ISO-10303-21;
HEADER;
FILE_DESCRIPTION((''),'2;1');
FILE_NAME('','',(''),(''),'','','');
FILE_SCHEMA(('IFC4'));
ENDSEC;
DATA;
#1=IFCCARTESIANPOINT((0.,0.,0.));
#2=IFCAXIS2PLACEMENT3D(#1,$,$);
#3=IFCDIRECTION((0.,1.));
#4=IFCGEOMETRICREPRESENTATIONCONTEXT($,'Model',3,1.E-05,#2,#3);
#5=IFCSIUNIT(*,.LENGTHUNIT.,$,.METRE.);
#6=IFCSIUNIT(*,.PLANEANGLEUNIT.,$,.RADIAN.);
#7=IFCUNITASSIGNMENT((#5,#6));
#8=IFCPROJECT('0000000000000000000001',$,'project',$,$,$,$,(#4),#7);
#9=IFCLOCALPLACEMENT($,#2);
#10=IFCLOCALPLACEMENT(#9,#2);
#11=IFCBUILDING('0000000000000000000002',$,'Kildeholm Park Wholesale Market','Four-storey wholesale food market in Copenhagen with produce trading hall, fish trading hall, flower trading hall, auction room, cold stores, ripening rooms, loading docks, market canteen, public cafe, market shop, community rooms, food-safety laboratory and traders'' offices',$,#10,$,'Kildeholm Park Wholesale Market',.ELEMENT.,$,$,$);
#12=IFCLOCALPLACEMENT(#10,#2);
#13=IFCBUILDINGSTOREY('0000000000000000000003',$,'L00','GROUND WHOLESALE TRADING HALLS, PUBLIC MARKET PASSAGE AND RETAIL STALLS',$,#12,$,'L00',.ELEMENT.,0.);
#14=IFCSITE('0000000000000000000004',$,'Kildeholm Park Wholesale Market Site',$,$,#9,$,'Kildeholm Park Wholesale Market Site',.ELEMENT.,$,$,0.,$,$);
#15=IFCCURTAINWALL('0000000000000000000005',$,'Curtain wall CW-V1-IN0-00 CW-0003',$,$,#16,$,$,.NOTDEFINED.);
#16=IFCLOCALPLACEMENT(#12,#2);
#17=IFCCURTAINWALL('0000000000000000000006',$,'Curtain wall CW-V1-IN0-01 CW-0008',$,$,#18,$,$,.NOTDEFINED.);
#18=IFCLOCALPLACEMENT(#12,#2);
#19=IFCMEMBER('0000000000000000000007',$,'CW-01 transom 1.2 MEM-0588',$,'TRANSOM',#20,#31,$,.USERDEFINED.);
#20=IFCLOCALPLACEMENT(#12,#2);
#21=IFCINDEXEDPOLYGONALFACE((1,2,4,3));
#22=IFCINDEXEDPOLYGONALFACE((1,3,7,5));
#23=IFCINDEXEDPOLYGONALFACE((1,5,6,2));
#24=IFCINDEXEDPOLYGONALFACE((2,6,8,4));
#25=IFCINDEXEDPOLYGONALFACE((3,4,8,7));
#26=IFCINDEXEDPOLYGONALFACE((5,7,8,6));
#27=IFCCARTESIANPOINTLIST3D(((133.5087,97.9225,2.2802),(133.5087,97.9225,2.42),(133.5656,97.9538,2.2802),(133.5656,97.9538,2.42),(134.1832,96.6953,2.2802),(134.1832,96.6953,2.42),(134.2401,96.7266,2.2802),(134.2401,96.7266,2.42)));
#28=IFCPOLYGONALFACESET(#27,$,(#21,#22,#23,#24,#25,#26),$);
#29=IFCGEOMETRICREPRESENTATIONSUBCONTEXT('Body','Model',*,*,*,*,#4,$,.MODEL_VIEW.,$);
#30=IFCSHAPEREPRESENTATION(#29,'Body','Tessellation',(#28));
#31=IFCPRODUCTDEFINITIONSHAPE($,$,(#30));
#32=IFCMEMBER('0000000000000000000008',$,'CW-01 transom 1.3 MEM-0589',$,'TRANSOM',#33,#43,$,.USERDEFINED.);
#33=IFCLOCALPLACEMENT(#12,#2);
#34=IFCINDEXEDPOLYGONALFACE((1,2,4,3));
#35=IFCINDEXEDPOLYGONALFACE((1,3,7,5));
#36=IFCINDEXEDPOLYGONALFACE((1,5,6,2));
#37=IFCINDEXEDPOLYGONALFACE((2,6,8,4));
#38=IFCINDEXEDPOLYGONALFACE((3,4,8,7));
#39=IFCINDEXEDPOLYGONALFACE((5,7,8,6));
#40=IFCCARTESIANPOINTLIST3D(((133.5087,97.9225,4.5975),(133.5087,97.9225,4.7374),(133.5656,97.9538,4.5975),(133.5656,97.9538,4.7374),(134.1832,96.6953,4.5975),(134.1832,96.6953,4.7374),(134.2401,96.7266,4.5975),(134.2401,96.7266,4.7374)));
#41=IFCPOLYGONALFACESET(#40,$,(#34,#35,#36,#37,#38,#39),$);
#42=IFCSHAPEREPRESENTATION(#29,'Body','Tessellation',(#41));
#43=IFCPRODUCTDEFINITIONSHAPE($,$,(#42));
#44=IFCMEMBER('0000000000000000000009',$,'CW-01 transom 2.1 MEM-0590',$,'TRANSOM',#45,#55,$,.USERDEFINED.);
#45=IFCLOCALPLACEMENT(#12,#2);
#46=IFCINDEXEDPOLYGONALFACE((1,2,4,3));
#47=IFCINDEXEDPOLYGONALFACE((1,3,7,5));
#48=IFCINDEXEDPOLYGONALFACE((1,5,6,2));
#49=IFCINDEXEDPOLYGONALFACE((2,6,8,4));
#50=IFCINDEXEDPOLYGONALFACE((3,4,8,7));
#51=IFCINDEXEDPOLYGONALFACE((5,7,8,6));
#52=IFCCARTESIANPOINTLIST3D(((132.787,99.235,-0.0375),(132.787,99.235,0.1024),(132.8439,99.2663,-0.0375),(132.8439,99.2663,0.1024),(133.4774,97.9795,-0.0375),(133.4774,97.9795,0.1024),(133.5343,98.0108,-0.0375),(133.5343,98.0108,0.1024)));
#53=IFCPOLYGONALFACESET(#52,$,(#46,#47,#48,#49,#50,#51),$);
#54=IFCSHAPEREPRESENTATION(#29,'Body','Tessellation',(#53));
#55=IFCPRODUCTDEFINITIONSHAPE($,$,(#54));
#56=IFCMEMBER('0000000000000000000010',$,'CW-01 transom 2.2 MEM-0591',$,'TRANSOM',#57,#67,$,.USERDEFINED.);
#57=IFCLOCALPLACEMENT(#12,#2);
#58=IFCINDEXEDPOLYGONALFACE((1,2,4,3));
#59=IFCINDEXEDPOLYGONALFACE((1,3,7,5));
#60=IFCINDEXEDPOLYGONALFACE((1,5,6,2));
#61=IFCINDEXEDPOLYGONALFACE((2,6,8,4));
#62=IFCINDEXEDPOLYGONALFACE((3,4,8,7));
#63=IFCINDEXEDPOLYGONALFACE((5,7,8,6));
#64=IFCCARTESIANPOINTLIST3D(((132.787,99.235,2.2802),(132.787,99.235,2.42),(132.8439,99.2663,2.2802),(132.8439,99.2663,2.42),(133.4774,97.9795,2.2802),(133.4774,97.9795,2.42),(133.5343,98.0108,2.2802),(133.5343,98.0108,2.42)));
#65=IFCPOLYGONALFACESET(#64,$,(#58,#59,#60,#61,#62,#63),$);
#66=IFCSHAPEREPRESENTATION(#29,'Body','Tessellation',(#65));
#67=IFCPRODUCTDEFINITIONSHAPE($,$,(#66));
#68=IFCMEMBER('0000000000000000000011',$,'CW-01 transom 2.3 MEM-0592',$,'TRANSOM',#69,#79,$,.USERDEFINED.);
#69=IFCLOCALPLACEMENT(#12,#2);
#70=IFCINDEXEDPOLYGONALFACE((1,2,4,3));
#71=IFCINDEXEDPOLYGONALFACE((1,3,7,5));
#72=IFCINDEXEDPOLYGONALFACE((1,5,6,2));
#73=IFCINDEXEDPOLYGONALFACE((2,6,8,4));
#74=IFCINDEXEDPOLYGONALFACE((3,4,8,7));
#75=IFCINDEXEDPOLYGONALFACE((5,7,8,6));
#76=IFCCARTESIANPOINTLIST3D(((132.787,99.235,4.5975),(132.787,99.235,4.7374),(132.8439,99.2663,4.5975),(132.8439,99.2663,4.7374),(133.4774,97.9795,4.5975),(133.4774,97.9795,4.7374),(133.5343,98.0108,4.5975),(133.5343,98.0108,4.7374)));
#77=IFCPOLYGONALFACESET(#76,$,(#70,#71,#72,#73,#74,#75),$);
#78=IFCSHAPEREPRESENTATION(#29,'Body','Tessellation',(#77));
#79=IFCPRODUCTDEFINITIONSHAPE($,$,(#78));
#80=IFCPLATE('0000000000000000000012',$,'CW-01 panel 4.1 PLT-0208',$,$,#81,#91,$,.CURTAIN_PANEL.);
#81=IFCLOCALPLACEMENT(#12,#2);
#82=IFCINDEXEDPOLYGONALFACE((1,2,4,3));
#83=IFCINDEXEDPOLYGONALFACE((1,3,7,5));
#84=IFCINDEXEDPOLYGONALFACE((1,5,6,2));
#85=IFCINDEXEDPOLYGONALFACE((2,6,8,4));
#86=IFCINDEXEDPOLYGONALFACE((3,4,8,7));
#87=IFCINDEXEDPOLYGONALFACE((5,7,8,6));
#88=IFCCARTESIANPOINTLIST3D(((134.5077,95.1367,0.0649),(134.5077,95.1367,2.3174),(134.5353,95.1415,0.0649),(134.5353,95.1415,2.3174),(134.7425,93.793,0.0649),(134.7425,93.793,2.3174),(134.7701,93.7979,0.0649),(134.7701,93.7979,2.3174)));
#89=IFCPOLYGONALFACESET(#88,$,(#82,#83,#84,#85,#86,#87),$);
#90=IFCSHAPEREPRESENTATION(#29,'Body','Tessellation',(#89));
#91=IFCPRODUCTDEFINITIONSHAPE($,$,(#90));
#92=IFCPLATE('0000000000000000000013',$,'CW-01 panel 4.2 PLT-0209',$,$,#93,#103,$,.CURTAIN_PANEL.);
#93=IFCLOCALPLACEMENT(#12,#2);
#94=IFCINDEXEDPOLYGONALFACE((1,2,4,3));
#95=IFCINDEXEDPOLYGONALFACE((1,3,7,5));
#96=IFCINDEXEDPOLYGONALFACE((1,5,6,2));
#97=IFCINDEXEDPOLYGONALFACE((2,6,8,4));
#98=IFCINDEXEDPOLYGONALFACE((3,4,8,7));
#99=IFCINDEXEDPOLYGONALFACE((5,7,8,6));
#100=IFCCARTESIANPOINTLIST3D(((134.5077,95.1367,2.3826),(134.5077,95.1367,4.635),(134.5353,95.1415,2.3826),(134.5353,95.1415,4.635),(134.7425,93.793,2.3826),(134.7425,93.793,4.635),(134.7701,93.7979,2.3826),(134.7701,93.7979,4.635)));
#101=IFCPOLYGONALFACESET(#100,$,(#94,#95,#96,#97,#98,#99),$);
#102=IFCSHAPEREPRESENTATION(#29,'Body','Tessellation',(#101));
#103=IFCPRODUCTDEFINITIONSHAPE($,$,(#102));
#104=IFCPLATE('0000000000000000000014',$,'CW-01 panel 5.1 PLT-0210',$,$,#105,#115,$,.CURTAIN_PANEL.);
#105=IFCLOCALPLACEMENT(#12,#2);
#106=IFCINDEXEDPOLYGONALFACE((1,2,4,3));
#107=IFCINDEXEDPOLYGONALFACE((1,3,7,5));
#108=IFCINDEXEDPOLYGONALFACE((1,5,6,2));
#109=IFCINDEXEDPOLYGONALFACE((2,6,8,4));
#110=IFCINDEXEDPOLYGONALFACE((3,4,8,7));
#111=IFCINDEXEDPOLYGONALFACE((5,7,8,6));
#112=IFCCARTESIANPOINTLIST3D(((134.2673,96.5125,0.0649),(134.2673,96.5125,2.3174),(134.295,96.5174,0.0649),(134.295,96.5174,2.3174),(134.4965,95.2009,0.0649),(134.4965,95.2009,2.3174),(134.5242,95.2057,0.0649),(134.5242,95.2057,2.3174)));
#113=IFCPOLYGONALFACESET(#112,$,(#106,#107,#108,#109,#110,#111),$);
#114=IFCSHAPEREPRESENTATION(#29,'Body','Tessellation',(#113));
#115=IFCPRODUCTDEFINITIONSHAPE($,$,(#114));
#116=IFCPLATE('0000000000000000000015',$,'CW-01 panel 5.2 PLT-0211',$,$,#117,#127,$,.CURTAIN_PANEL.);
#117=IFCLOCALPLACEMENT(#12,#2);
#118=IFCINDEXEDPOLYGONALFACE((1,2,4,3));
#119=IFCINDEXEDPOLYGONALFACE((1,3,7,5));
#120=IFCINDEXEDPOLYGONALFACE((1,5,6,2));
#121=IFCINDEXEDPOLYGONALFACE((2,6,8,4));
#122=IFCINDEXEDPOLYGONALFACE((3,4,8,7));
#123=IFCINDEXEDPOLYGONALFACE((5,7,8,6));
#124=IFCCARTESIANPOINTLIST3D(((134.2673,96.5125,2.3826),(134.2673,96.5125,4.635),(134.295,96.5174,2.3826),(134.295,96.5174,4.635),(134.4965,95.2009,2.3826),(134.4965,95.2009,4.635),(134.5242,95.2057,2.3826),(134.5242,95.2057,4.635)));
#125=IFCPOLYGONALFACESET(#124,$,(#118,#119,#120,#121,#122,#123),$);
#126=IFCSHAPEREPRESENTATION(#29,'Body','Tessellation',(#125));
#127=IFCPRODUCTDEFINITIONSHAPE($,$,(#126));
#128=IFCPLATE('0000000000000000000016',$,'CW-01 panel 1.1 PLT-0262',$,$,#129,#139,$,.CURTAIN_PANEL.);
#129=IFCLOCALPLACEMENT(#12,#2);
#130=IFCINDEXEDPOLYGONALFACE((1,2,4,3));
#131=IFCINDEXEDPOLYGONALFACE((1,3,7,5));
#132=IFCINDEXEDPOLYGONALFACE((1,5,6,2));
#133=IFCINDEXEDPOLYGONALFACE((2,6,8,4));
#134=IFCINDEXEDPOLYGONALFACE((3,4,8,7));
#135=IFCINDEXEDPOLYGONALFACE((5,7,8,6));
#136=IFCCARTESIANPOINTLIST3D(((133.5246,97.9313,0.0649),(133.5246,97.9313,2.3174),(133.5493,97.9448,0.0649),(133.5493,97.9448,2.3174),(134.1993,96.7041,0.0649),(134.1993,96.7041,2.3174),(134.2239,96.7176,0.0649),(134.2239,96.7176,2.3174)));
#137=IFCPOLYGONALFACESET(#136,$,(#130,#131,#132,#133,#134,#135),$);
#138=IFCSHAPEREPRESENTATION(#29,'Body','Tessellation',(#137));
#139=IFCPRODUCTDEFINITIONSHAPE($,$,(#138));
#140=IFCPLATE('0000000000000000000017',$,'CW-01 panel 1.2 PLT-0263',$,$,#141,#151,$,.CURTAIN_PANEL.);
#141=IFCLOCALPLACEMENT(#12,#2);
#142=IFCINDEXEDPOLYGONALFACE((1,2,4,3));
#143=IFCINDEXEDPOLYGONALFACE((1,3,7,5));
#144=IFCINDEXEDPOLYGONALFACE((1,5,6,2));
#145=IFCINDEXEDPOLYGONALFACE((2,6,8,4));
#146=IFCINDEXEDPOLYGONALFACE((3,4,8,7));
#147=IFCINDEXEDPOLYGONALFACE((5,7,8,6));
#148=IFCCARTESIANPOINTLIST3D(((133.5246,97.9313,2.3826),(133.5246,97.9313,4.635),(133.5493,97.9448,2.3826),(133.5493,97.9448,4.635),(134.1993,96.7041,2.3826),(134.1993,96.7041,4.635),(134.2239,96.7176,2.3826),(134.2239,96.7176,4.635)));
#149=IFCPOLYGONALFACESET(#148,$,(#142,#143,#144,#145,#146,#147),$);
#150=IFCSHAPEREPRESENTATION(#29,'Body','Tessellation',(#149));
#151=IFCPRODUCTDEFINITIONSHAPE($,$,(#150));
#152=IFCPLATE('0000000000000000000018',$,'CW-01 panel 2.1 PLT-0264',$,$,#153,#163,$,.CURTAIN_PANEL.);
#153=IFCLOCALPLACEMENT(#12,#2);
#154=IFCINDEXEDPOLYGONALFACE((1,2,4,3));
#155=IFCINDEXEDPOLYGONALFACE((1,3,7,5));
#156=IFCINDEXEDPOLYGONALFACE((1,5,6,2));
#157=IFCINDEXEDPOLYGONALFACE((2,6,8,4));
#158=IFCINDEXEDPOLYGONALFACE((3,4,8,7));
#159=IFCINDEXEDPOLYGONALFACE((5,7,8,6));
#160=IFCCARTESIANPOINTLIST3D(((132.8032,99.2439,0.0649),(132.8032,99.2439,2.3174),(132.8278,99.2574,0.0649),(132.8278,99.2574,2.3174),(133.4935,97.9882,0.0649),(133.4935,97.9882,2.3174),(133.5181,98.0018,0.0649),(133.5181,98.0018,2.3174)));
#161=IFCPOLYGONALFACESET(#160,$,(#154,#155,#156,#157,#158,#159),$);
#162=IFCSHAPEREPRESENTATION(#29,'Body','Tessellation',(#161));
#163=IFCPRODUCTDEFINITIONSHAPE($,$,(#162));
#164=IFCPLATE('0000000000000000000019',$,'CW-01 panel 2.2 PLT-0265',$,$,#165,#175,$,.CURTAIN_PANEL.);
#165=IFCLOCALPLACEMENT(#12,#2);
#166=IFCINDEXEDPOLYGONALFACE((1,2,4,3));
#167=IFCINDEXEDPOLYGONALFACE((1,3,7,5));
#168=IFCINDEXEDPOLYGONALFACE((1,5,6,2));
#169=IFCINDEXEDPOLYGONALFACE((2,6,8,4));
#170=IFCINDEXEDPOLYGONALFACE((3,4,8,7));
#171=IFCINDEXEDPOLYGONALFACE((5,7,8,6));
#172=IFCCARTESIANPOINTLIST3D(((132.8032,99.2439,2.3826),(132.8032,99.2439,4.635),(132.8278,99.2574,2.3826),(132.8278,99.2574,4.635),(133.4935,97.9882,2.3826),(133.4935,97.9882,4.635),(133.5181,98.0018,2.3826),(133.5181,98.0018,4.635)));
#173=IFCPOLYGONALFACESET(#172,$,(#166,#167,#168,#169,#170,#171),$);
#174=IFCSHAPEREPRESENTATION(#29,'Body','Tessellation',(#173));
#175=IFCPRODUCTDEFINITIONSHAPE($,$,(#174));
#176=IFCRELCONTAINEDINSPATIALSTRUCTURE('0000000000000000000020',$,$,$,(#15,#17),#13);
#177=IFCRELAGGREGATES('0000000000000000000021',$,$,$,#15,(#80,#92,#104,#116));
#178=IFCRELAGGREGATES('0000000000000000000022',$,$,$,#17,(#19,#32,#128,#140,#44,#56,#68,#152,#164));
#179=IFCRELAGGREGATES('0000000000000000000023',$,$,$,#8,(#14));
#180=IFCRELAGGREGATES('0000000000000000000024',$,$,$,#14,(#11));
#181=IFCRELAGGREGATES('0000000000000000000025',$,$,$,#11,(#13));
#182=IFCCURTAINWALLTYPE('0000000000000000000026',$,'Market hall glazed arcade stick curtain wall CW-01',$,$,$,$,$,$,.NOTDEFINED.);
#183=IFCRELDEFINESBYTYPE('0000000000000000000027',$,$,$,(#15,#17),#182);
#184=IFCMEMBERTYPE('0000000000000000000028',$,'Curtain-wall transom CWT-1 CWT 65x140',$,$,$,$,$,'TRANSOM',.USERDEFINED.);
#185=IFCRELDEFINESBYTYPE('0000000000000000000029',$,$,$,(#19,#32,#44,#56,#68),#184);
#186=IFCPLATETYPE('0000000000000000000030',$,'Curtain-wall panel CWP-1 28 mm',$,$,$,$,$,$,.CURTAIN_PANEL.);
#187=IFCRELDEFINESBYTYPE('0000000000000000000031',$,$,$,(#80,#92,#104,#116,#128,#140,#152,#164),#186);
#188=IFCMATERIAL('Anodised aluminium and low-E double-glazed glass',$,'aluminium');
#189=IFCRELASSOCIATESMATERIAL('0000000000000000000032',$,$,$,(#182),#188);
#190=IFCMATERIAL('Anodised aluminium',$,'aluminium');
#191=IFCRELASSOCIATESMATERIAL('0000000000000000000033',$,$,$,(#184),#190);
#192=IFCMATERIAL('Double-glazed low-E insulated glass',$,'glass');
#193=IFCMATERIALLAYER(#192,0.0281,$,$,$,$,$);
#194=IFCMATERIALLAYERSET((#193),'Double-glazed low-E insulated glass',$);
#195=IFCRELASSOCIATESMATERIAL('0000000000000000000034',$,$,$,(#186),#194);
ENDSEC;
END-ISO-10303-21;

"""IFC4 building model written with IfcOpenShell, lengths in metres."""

from ifc_helpers import new_model, si_unit, direction, frame, origin, origin_2d, place, context, subcontext, project, spatial, rectangle, extrude, material, layer, layer_set, material_profile, profile_set, type_object, element, aggregate, save


model = new_model("IFC4")

# Units and contexts
model_context = context("Model", 3, precision=1e-05, world=origin(), true_north=direction((0.0, 1.0)))
body_context = subcontext(model_context, "Body", "Model", "MODEL_VIEW")
ifc_project = project(units=[si_unit("LENGTHUNIT", "METRE"), si_unit("PLANEANGLEUNIT", "RADIAN")], contexts=[model_context])

# Site, building, storey
site_placement = place(None, origin())
site = spatial("IfcSite", under=ifc_project, at=site_placement, Name="Kildeholm Park Wholesale Market Site", LongName="Kildeholm Park Wholesale Market Site", CompositionType="ELEMENT", RefElevation=0.0)
building_placement = place(site_placement, origin())
building = spatial("IfcBuilding", under=site, at=building_placement, Name="Kildeholm Park Wholesale Market", Description="Four-storey wholesale food market in Copenhagen with produce trading hall, fish trading hall, flower trading hall, auction room, cold stores, ripening rooms, loading docks, market canteen, public cafe, market shop, community rooms, food-safety laboratory and traders' offices", LongName="Kildeholm Park Wholesale Market", CompositionType="ELEMENT")
storey_placement = place(building_placement, origin())
storey = spatial("IfcBuildingStorey", under=building, at=storey_placement, Name="L00", Description="GROUND WHOLESALE TRADING HALLS, PUBLIC MARKET PASSAGE AND RETAIL STALLS", LongName="L00", CompositionType="ELEMENT", Elevation=0.0)

# Curtain walls
ifc_material_1 = material(Name="Anodised aluminium and low-E double-glazed glass", Category="aluminium")
curtain_wall_type = type_object("IfcCurtainWallType", Name="Market hall glazed arcade stick curtain wall CW-01", PredefinedType="NOTDEFINED", material=ifc_material_1)
curtain_wall_1_placement = place(storey_placement, origin())
curtain_wall_1 = element("IfcCurtainWall", 1, at=curtain_wall_1_placement, inside=storey, type_object=curtain_wall_type, Name="Curtain wall CW-V1-IN0-00 CW-0003", PredefinedType="NOTDEFINED")
ifc_material_2 = material(Name="Anodised aluminium", Category="aluminium")
curtain_wall_2_placement = place(storey_placement, origin())
curtain_wall_2 = element("IfcCurtainWall", 2, at=curtain_wall_2_placement, inside=storey, type_object=curtain_wall_type, Name="Curtain wall CW-V1-IN0-01 CW-0008", PredefinedType="NOTDEFINED")

# Members
ifc_material_profile_1 = material_profile(ifc_material_2, rectangle(XDim=0.0649, YDim=0.1399, at=origin_2d()), Name="CWT 65x140")
ifc_profile_set_1 = profile_set([ifc_material_profile_1], Name="Anodised aluminium")
member_type_1 = type_object("IfcMemberType", Name="Curtain-wall transom CWT-1 CWT 65x140", ElementType="TRANSOM", PredefinedType="USERDEFINED", material=ifc_profile_set_1)
member_1_placement = place(storey_placement, frame((134.2117, 96.7109, 2.3501), z_axis=(-0.481671, 0.876352, 0.0), x_axis=(-0.876352, -0.481671, 0.0)))
member_1 = element("IfcMember", 3, at=member_1_placement, type_object=member_type_1, Name="CW-01 transom 1.2 MEM-0588", ObjectType="TRANSOM", PredefinedType="USERDEFINED", context=body_context, shape_type="SweptSolid", body=[
    extrude(rectangle(XDim=0.0649, YDim=0.1399, at=origin_2d()), origin(), (0.0, 0.0, 1.0), 1.4004),
])
member_2_placement = place(storey_placement, frame((134.2117, 96.7109, 4.6675), z_axis=(-0.481671, 0.876352, 0.0), x_axis=(-0.876352, -0.481671, 0.0)))
member_2 = element("IfcMember", 4, at=member_2_placement, type_object=member_type_1, Name="CW-01 transom 1.3 MEM-0589", ObjectType="TRANSOM", PredefinedType="USERDEFINED", context=body_context, shape_type="SweptSolid", body=[
    extrude(rectangle(XDim=0.0649, YDim=0.1399, at=origin_2d()), origin(), (0.0, 0.0, 1.0), 1.4004),
])
member_3_placement = place(storey_placement, frame((133.5059, 97.9951, 0.0325), z_axis=(-0.481834, 0.876263, 0.0), x_axis=(-0.876263, -0.481834, 0.0)))
member_3 = element("IfcMember", 5, at=member_3_placement, type_object=member_type_1, Name="CW-01 transom 2.1 MEM-0590", ObjectType="TRANSOM", PredefinedType="USERDEFINED", context=body_context, shape_type="SweptSolid", body=[
    extrude(rectangle(XDim=0.0649, YDim=0.1399, at=origin_2d()), origin(), (0.0, 0.0, 1.0), 1.4329),
])
member_4_placement = place(storey_placement, frame((133.5059, 97.9951, 2.3501), z_axis=(-0.481834, 0.876263, 0.0), x_axis=(-0.876263, -0.481834, 0.0)))
member_4 = element("IfcMember", 6, at=member_4_placement, type_object=member_type_1, Name="CW-01 transom 2.2 MEM-0591", ObjectType="TRANSOM", PredefinedType="USERDEFINED", context=body_context, shape_type="SweptSolid", body=[
    extrude(rectangle(XDim=0.0649, YDim=0.1399, at=origin_2d()), origin(), (0.0, 0.0, 1.0), 1.4329),
])
member_5_placement = place(storey_placement, frame((133.5059, 97.9951, 4.6675), z_axis=(-0.481834, 0.876263, 0.0), x_axis=(-0.876263, -0.481834, 0.0)))
member_5 = element("IfcMember", 7, at=member_5_placement, type_object=member_type_1, Name="CW-01 transom 2.3 MEM-0592", ObjectType="TRANSOM", PredefinedType="USERDEFINED", context=body_context, shape_type="SweptSolid", body=[
    extrude(rectangle(XDim=0.0649, YDim=0.1399, at=origin_2d()), origin(), (0.0, 0.0, 1.0), 1.4329),
])

# Plates
ifc_material_3 = material(Name="Double-glazed low-E insulated glass", Category="glass")
ifc_layer = layer(ifc_material_3, 0.0281)
ifc_layer_set = layer_set([ifc_layer], Name="Double-glazed low-E insulated glass")
plate_type = type_object("IfcPlateType", Name="Curtain-wall panel CWP-1 28 mm", PredefinedType="CURTAIN_PANEL", material=ifc_layer_set)
plate_1_placement = place(storey_placement, frame((134.6389, 94.4673, 0.0649), z_axis=(0.0, 0.0, 1.0), x_axis=(-0.172133, 0.985074, 0.0)))
plate_1 = element("IfcPlate", 8, at=plate_1_placement, type_object=plate_type, Name="CW-01 panel 4.1 PLT-0208", PredefinedType="CURTAIN_PANEL", context=body_context, shape_type="SweptSolid", body=[
    extrude(rectangle(XDim=1.364, YDim=0.0281, at=origin_2d()), origin(), (0.0, 0.0, 1.0), 2.2524),
])
plate_2_placement = place(storey_placement, frame((134.6389, 94.4673, 2.3826), z_axis=(0.0, 0.0, 1.0), x_axis=(-0.172133, 0.985074, 0.0)))
plate_2 = element("IfcPlate", 9, at=plate_2_placement, type_object=plate_type, Name="CW-01 panel 4.2 PLT-0209", PredefinedType="CURTAIN_PANEL", context=body_context, shape_type="SweptSolid", body=[
    extrude(rectangle(XDim=1.364, YDim=0.0281, at=origin_2d()), origin(), (0.0, 0.0, 1.0), 2.2524),
])
plate_3_placement = place(storey_placement, frame((134.3958, 95.8591, 0.0649), z_axis=(0.0, 0.0, 1.0), x_axis=(-0.172133, 0.985074, 0.0)))
plate_3 = element("IfcPlate", 10, at=plate_3_placement, type_object=plate_type, Name="CW-01 panel 5.1 PLT-0210", PredefinedType="CURTAIN_PANEL", context=body_context, shape_type="SweptSolid", body=[
    extrude(rectangle(XDim=1.3315, YDim=0.0281, at=origin_2d()), origin(), (0.0, 0.0, 1.0), 2.2524),
])
plate_4_placement = place(storey_placement, frame((134.3958, 95.8591, 2.3826), z_axis=(0.0, 0.0, 1.0), x_axis=(-0.172133, 0.985074, 0.0)))
plate_4 = element("IfcPlate", 11, at=plate_4_placement, type_object=plate_type, Name="CW-01 panel 5.2 PLT-0211", PredefinedType="CURTAIN_PANEL", context=body_context, shape_type="SweptSolid", body=[
    extrude(rectangle(XDim=1.3315, YDim=0.0281, at=origin_2d()), origin(), (0.0, 0.0, 1.0), 2.2524),
])
aggregate(curtain_wall_1, [plate_1, plate_2, plate_3, plate_4])
plate_5_placement = place(storey_placement, frame((133.8743, 97.3245, 0.0649), z_axis=(0.0, 0.0, 1.0), x_axis=(-0.48175, 0.876309, 0.0)))
plate_5 = element("IfcPlate", 12, at=plate_5_placement, type_object=plate_type, Name="CW-01 panel 1.1 PLT-0262", PredefinedType="CURTAIN_PANEL", context=body_context, shape_type="SweptSolid", body=[
    extrude(rectangle(XDim=1.4004, YDim=0.0281, at=origin_2d()), origin(), (0.0, 0.0, 1.0), 2.2524),
])
plate_6_placement = place(storey_placement, frame((133.8743, 97.3245, 2.3826), z_axis=(0.0, 0.0, 1.0), x_axis=(-0.48175, 0.876309, 0.0)))
plate_6 = element("IfcPlate", 13, at=plate_6_placement, type_object=plate_type, Name="CW-01 panel 1.2 PLT-0263", PredefinedType="CURTAIN_PANEL", context=body_context, shape_type="SweptSolid", body=[
    extrude(rectangle(XDim=1.4004, YDim=0.0281, at=origin_2d()), origin(), (0.0, 0.0, 1.0), 2.2524),
])
plate_7_placement = place(storey_placement, frame((133.1606, 98.6228, 0.0649), z_axis=(0.0, 0.0, 1.0), x_axis=(-0.48175, 0.876309, 0.0)))
plate_7 = element("IfcPlate", 14, at=plate_7_placement, type_object=plate_type, Name="CW-01 panel 2.1 PLT-0264", PredefinedType="CURTAIN_PANEL", context=body_context, shape_type="SweptSolid", body=[
    extrude(rectangle(XDim=1.4329, YDim=0.0281, at=origin_2d()), origin(), (0.0, 0.0, 1.0), 2.2524),
])
plate_8_placement = place(storey_placement, frame((133.1606, 98.6228, 2.3826), z_axis=(0.0, 0.0, 1.0), x_axis=(-0.48175, 0.876309, 0.0)))
plate_8 = element("IfcPlate", 15, at=plate_8_placement, type_object=plate_type, Name="CW-01 panel 2.2 PLT-0265", PredefinedType="CURTAIN_PANEL", context=body_context, shape_type="SweptSolid", body=[
    extrude(rectangle(XDim=1.4329, YDim=0.0281, at=origin_2d()), origin(), (0.0, 0.0, 1.0), 2.2524),
])
aggregate(curtain_wall_2, [member_1, member_2, plate_5, plate_6, member_3, member_4, member_5, plate_7, plate_8])

save(model, "model.ifc")
